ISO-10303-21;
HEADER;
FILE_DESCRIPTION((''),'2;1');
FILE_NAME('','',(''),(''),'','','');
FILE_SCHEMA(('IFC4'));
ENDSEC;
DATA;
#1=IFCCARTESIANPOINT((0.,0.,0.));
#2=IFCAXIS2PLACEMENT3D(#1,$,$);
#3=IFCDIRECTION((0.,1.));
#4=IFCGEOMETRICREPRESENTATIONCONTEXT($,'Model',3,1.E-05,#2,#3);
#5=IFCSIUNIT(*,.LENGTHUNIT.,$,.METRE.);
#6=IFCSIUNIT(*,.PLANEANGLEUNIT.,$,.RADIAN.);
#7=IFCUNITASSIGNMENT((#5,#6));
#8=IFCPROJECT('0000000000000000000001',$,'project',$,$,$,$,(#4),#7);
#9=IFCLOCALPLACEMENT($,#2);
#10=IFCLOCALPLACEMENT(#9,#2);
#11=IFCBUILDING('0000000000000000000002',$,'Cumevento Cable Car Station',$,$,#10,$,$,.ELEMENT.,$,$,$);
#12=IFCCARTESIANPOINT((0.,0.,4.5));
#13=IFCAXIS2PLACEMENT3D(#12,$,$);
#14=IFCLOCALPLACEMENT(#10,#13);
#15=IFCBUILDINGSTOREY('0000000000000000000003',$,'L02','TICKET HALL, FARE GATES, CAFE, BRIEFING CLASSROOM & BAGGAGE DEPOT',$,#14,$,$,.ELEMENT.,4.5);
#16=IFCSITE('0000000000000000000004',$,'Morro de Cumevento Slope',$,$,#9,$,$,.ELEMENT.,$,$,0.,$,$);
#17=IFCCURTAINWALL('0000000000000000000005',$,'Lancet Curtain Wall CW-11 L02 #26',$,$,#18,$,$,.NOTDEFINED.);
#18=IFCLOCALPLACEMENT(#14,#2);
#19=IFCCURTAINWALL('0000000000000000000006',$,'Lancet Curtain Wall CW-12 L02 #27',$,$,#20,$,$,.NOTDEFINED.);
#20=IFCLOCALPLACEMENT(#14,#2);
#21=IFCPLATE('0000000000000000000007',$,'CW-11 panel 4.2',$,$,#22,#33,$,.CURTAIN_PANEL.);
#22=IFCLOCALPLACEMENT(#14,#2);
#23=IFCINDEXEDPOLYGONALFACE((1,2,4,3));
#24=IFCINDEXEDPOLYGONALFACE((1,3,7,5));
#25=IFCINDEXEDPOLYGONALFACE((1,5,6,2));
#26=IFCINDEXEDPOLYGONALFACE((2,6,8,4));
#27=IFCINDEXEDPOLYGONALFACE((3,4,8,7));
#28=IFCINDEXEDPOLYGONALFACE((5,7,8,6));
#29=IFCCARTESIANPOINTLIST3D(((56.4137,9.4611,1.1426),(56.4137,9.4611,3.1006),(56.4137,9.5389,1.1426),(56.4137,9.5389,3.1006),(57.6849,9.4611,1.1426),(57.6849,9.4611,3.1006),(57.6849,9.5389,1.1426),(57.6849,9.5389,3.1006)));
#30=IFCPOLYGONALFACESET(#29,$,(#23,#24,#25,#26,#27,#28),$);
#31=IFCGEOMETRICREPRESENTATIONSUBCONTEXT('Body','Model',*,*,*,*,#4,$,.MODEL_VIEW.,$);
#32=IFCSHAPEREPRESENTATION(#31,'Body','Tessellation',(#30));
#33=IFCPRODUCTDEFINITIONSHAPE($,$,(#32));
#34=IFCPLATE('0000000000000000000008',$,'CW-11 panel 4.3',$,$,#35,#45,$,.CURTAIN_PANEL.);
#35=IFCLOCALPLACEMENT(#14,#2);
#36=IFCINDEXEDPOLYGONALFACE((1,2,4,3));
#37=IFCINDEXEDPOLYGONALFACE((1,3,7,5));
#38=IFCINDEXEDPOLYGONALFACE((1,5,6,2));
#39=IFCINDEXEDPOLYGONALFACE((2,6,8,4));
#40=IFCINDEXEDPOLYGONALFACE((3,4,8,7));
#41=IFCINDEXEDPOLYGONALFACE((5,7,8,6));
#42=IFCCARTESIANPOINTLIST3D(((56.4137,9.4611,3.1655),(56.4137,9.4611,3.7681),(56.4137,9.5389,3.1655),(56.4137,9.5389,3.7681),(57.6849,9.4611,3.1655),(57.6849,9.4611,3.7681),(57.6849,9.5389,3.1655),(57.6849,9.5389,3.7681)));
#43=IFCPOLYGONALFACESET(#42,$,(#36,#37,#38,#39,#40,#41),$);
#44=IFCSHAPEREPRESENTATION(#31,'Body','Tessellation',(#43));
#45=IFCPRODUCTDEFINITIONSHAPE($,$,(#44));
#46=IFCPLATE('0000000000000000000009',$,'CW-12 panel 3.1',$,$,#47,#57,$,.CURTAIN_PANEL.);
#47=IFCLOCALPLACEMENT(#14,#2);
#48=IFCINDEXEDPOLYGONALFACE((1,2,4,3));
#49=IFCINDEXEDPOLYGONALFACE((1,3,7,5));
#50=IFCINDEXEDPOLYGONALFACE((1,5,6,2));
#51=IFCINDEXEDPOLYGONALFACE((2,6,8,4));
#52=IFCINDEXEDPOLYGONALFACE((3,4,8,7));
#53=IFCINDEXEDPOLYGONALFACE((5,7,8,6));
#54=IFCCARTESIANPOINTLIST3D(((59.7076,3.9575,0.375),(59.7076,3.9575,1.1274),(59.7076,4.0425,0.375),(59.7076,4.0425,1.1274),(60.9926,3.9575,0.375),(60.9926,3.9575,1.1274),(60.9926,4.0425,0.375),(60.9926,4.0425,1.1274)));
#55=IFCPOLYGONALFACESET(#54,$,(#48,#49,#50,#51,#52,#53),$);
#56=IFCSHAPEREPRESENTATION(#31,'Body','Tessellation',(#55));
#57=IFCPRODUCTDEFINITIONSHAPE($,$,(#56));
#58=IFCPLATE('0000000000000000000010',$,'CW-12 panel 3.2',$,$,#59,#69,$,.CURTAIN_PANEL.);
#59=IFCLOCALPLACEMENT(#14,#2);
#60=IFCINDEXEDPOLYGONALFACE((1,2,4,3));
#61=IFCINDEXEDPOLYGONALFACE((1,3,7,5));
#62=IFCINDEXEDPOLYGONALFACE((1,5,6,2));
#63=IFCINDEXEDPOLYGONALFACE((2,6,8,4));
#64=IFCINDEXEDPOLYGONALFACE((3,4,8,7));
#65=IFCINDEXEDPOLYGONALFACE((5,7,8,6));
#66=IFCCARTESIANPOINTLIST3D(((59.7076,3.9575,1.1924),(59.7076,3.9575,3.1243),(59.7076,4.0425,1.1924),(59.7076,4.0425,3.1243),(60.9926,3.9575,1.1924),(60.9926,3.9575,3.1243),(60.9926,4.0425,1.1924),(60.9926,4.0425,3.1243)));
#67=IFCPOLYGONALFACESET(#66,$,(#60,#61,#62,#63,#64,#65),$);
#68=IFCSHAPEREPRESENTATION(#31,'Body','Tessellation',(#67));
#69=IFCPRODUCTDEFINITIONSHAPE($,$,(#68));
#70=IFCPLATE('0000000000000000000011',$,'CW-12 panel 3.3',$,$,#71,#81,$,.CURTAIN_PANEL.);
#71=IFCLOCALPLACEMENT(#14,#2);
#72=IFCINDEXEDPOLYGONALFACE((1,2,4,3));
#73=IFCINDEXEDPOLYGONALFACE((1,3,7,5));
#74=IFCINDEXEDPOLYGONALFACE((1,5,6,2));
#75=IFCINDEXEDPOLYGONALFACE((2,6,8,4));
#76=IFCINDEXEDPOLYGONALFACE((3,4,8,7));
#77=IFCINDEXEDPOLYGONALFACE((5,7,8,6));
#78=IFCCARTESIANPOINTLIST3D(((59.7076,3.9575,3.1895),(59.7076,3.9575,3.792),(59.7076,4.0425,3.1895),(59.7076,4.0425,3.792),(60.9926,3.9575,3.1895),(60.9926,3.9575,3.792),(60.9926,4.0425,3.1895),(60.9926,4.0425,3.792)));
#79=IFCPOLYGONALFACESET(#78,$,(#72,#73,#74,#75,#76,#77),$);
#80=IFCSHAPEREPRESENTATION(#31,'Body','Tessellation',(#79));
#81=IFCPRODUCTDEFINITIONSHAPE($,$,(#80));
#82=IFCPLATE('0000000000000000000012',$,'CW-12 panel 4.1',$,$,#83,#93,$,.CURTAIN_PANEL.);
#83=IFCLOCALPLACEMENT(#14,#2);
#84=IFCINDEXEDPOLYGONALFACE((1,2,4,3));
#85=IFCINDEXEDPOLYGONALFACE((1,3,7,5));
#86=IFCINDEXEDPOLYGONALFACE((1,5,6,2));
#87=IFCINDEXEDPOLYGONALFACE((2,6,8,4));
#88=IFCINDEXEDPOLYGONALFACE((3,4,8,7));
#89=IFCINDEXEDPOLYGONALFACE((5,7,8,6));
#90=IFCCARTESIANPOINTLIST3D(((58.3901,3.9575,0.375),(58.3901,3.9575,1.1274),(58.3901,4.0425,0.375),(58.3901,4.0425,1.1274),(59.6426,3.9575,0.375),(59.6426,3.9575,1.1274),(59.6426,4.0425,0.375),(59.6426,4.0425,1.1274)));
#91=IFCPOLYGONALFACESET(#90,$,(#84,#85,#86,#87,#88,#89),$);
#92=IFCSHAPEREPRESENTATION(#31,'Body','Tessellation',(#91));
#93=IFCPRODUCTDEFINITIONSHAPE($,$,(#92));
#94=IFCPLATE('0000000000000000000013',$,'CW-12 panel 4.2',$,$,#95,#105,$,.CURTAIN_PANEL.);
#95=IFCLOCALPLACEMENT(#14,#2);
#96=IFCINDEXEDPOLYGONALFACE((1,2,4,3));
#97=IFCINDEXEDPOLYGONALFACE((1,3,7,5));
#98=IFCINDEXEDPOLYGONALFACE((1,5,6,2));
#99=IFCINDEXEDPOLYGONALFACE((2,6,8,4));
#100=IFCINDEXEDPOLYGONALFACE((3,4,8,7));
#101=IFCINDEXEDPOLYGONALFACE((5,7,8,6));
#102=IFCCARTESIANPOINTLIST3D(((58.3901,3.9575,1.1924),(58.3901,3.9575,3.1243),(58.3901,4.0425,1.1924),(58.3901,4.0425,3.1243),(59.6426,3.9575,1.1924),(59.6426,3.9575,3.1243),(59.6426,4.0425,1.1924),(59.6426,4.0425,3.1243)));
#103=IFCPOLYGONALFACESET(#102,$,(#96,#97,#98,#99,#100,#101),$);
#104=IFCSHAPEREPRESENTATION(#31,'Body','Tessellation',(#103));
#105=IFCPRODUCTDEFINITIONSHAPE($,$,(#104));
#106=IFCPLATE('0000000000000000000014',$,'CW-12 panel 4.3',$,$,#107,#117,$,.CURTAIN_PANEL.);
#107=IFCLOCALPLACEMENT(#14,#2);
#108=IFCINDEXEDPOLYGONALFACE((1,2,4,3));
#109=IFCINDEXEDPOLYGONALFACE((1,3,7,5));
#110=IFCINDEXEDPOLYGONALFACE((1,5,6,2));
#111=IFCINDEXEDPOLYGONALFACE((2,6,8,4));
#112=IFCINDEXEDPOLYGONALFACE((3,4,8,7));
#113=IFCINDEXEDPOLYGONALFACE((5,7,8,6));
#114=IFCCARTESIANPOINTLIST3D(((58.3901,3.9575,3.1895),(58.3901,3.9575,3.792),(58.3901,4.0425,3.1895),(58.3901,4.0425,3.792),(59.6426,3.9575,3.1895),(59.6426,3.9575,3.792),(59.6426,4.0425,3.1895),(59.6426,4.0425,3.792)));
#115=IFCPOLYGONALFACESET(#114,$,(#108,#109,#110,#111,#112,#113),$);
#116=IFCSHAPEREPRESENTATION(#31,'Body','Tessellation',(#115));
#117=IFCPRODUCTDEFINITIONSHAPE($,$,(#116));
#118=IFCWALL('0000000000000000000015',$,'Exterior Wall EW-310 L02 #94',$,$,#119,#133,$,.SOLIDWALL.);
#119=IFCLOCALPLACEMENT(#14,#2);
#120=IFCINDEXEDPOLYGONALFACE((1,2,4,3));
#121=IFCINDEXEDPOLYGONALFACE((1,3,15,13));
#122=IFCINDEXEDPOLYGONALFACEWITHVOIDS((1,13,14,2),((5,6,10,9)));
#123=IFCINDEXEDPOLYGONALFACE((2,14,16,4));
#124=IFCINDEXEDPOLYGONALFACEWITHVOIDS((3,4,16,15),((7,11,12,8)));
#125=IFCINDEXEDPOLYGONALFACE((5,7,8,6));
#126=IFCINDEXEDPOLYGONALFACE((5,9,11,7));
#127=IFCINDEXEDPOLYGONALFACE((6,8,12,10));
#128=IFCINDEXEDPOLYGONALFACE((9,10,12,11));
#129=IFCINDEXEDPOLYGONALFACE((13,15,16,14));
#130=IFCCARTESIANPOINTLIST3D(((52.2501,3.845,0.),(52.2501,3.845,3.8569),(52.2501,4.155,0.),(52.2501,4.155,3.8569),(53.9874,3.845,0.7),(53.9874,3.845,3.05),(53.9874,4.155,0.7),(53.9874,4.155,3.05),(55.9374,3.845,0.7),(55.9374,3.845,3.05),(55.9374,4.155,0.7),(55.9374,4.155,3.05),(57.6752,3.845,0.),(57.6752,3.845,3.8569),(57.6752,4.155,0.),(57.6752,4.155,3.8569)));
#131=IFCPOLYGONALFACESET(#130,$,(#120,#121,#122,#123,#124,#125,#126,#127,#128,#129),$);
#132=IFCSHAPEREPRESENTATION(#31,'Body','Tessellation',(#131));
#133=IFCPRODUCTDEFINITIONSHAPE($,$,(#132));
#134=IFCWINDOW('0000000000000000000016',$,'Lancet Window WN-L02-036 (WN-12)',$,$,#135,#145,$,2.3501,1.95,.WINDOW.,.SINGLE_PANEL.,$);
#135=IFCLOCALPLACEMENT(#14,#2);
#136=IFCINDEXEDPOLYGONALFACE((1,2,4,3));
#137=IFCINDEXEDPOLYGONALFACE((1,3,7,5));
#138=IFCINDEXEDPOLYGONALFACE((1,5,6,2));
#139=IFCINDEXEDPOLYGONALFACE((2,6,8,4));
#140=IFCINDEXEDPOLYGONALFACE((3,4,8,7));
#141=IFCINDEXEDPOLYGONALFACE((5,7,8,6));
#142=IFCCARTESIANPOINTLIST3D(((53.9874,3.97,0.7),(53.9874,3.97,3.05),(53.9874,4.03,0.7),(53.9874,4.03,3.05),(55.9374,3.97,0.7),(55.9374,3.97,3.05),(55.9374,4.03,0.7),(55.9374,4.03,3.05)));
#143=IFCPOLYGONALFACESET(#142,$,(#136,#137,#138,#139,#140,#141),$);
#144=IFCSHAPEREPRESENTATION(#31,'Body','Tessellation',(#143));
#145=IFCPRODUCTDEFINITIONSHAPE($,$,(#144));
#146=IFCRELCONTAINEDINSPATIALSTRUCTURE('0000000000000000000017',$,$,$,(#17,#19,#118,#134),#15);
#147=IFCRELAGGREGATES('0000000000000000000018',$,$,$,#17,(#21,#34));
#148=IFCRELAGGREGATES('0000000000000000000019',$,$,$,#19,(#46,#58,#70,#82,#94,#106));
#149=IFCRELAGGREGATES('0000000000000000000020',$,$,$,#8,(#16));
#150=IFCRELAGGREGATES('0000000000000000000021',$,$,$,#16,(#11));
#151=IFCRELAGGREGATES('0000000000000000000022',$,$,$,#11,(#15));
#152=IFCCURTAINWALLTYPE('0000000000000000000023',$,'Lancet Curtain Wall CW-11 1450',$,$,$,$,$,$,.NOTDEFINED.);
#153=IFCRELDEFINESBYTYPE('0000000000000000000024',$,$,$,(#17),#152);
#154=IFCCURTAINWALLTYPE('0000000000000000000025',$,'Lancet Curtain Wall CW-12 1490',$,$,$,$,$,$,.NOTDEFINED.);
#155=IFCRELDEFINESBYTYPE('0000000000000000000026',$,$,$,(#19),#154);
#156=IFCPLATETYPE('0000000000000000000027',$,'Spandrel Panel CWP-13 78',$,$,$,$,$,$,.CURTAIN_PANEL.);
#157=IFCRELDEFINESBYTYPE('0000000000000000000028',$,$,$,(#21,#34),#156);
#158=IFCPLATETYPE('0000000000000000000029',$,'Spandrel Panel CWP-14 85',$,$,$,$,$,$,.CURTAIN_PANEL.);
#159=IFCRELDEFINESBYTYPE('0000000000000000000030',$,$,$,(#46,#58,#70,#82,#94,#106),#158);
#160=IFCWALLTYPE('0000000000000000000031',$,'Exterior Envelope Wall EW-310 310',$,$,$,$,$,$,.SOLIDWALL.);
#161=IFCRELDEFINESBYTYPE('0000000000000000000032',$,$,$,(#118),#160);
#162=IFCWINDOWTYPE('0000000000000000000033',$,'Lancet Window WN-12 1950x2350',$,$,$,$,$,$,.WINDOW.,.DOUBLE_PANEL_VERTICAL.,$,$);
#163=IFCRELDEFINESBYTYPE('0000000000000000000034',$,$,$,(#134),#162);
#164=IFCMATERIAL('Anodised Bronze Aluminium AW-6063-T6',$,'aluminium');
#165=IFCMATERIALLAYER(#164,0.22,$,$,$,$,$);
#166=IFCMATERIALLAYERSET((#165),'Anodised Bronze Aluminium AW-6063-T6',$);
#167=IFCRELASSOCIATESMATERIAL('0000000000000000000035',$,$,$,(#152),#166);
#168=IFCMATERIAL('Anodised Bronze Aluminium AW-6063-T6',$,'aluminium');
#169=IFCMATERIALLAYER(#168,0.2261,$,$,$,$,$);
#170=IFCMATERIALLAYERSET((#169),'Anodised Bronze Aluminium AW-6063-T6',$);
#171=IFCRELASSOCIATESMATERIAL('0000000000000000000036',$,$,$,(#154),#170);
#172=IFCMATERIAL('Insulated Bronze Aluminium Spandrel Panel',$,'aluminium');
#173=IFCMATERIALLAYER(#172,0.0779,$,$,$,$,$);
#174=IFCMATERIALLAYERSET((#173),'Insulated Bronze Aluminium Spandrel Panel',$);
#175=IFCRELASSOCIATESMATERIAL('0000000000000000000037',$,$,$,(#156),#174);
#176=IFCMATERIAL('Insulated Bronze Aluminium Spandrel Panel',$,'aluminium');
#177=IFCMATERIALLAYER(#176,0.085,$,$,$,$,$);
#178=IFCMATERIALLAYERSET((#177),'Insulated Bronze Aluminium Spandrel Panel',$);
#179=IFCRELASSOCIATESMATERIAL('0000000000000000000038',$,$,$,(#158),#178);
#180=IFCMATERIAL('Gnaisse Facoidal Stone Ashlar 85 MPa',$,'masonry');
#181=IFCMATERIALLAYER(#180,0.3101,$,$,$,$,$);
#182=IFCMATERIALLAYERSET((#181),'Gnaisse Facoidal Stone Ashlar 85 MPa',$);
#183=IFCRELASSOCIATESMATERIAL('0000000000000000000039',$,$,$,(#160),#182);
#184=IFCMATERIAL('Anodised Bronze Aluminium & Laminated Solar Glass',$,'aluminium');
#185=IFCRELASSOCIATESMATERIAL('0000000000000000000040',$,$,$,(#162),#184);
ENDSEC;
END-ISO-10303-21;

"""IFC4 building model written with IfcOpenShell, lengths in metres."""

from ifc_helpers import new_model, si_unit, direction, frame, frame_2d, origin, origin_2d, place, context, subcontext, project, spatial, rectangle, extrude, material, layer, layer_set, type_object, element, fill, aggregate, save


model = new_model("IFC4")

# Units and contexts
model_context = context("Model", 3, precision=1e-05, world=origin(), true_north=direction((0.0, 1.0)))
body_context = subcontext(model_context, "Body", "Model", "MODEL_VIEW")
ifc_project = project(units=[si_unit("LENGTHUNIT", "METRE"), si_unit("PLANEANGLEUNIT", "RADIAN")], contexts=[model_context])

# Site, building, storey
site_placement = place(None, origin())
site = spatial("IfcSite", under=ifc_project, at=site_placement, Name="Morro de Cumevento Slope", CompositionType="ELEMENT", RefElevation=0.0)
building_placement = place(site_placement, origin())
building = spatial("IfcBuilding", under=site, at=building_placement, Name="Cumevento Cable Car Station", CompositionType="ELEMENT")
storey_placement = place(building_placement, frame((0.0, 0.0, 4.5)))
storey = spatial("IfcBuildingStorey", under=building, at=storey_placement, Name="L02", Description="TICKET HALL, FARE GATES, CAFE, BRIEFING CLASSROOM & BAGGAGE DEPOT", CompositionType="ELEMENT", Elevation=4.5)

# Curtain walls
ifc_material_1 = material(Name="Anodised Bronze Aluminium AW-6063-T6", Category="aluminium")
ifc_layer_1 = layer(ifc_material_1, 0.22)
ifc_layer_set_1 = layer_set([ifc_layer_1], Name="Anodised Bronze Aluminium AW-6063-T6")
curtain_wall_type_1 = type_object("IfcCurtainWallType", Name="Lancet Curtain Wall CW-11 1450", PredefinedType="NOTDEFINED", material=ifc_layer_set_1)
curtain_wall_1_placement = place(storey_placement, origin())
curtain_wall_1 = element("IfcCurtainWall", 1, at=curtain_wall_1_placement, inside=storey, type_object=curtain_wall_type_1, Name="Lancet Curtain Wall CW-11 L02 #26", PredefinedType="NOTDEFINED")
ifc_material_2 = material(Name="Anodised Bronze Aluminium AW-6063-T6", Category="aluminium")
ifc_layer_2 = layer(ifc_material_2, 0.2261)
ifc_layer_set_2 = layer_set([ifc_layer_2], Name="Anodised Bronze Aluminium AW-6063-T6")
curtain_wall_type_2 = type_object("IfcCurtainWallType", Name="Lancet Curtain Wall CW-12 1490", PredefinedType="NOTDEFINED", material=ifc_layer_set_2)
curtain_wall_2_placement = place(storey_placement, origin())
curtain_wall_2 = element("IfcCurtainWall", 2, at=curtain_wall_2_placement, inside=storey, type_object=curtain_wall_type_2, Name="Lancet Curtain Wall CW-12 L02 #27", PredefinedType="NOTDEFINED")

# Plates
ifc_material_3 = material(Name="Insulated Bronze Aluminium Spandrel Panel", Category="aluminium")
ifc_layer_3 = layer(ifc_material_3, 0.0779)
ifc_layer_set_3 = layer_set([ifc_layer_3], Name="Insulated Bronze Aluminium Spandrel Panel")
plate_type_1 = type_object("IfcPlateType", Name="Spandrel Panel CWP-13 78", PredefinedType="CURTAIN_PANEL", material=ifc_layer_set_3)
plate_1_placement = place(storey_placement, frame((57.0493, 9.5, 1.1426), z_axis=(0.0, 0.0, 1.0), x_axis=(1.0, 0.0, 0.0)))
plate_1 = element("IfcPlate", 3, at=plate_1_placement, type_object=plate_type_1, Name="CW-11 panel 4.2", PredefinedType="CURTAIN_PANEL", context=body_context, shape_type="SweptSolid", body=[
    extrude(rectangle(XDim=1.2712, YDim=0.0779, at=origin_2d()), origin(), (0.0, 0.0, 1.0), 1.958),
])
plate_2_placement = place(storey_placement, frame((57.0493, 9.5, 3.1655), z_axis=(0.0, 0.0, 1.0), x_axis=(1.0, 0.0, 0.0)))
plate_2 = element("IfcPlate", 4, at=plate_2_placement, type_object=plate_type_1, Name="CW-11 panel 4.3", PredefinedType="CURTAIN_PANEL", context=body_context, shape_type="SweptSolid", body=[
    extrude(rectangle(XDim=1.2712, YDim=0.0779, at=origin_2d()), origin(), (0.0, 0.0, 1.0), 0.6025),
])
aggregate(curtain_wall_1, [plate_1, plate_2])
ifc_material_4 = material(Name="Insulated Bronze Aluminium Spandrel Panel", Category="aluminium")
ifc_layer_4 = layer(ifc_material_4, 0.085)
ifc_layer_set_4 = layer_set([ifc_layer_4], Name="Insulated Bronze Aluminium Spandrel Panel")
plate_type_2 = type_object("IfcPlateType", Name="Spandrel Panel CWP-14 85", PredefinedType="CURTAIN_PANEL", material=ifc_layer_set_4)
plate_3_placement = place(storey_placement, frame((60.3501, 4.0, 0.375), z_axis=(0.0, 0.0, 1.0), x_axis=(-1.0, 0.0, 0.0)))
plate_3 = element("IfcPlate", 5, at=plate_3_placement, type_object=plate_type_2, Name="CW-12 panel 3.1", PredefinedType="CURTAIN_PANEL", context=body_context, shape_type="SweptSolid", body=[
    extrude(rectangle(XDim=1.2849, YDim=0.085, at=origin_2d()), origin(), (0.0, 0.0, 1.0), 0.7524),
])
plate_4_placement = place(storey_placement, frame((60.3501, 4.0, 1.1924), z_axis=(0.0, 0.0, 1.0), x_axis=(-1.0, 0.0, 0.0)))
plate_4 = element("IfcPlate", 6, at=plate_4_placement, type_object=plate_type_2, Name="CW-12 panel 3.2", PredefinedType="CURTAIN_PANEL", context=body_context, shape_type="SweptSolid", body=[
    extrude(rectangle(XDim=1.2849, YDim=0.085, at=origin_2d()), origin(), (0.0, 0.0, 1.0), 1.9319),
])
plate_5_placement = place(storey_placement, frame((60.3501, 4.0, 3.1895), z_axis=(0.0, 0.0, 1.0), x_axis=(-1.0, 0.0, 0.0)))
plate_5 = element("IfcPlate", 7, at=plate_5_placement, type_object=plate_type_2, Name="CW-12 panel 3.3", PredefinedType="CURTAIN_PANEL", context=body_context, shape_type="SweptSolid", body=[
    extrude(rectangle(XDim=1.2849, YDim=0.085, at=origin_2d()), origin(), (0.0, 0.0, 1.0), 0.6025),
])
plate_6_placement = place(storey_placement, frame((59.0164, 4.0, 0.375), z_axis=(0.0, 0.0, 1.0), x_axis=(-1.0, 0.0, 0.0)))
plate_6 = element("IfcPlate", 8, at=plate_6_placement, type_object=plate_type_2, Name="CW-12 panel 4.1", PredefinedType="CURTAIN_PANEL", context=body_context, shape_type="SweptSolid", body=[
    extrude(rectangle(XDim=1.2524, YDim=0.085, at=origin_2d()), origin(), (0.0, 0.0, 1.0), 0.7524),
])
plate_7_placement = place(storey_placement, frame((59.0164, 4.0, 1.1924), z_axis=(0.0, 0.0, 1.0), x_axis=(-1.0, 0.0, 0.0)))
plate_7 = element("IfcPlate", 9, at=plate_7_placement, type_object=plate_type_2, Name="CW-12 panel 4.2", PredefinedType="CURTAIN_PANEL", context=body_context, shape_type="SweptSolid", body=[
    extrude(rectangle(XDim=1.2524, YDim=0.085, at=origin_2d()), origin(), (0.0, 0.0, 1.0), 1.9319),
])
plate_8_placement = place(storey_placement, frame((59.0164, 4.0, 3.1895), z_axis=(0.0, 0.0, 1.0), x_axis=(-1.0, 0.0, 0.0)))
plate_8 = element("IfcPlate", 10, at=plate_8_placement, type_object=plate_type_2, Name="CW-12 panel 4.3", PredefinedType="CURTAIN_PANEL", context=body_context, shape_type="SweptSolid", body=[
    extrude(rectangle(XDim=1.2524, YDim=0.085, at=origin_2d()), origin(), (0.0, 0.0, 1.0), 0.6025),
])
aggregate(curtain_wall_2, [plate_3, plate_4, plate_5, plate_6, plate_7, plate_8])

# Wall, opening, window
ifc_material_5 = material(Name="Gnaisse Facoidal Stone Ashlar 85 MPa", Category="masonry")
ifc_layer_5 = layer(ifc_material_5, 0.3101)
ifc_layer_set_5 = layer_set([ifc_layer_5], Name="Gnaisse Facoidal Stone Ashlar 85 MPa")
wall_type = type_object("IfcWallType", Name="Exterior Envelope Wall EW-310 310", PredefinedType="SOLIDWALL", material=ifc_layer_set_5)
wall_placement = place(storey_placement, frame((57.675, 4.0, 0.0), z_axis=(0.0, 0.0, 1.0), x_axis=(-1.0, 0.0, 0.0)))
wall = element("IfcWall", 11, at=wall_placement, inside=storey, type_object=wall_type, Name="Exterior Wall EW-310 L02 #94", PredefinedType="SOLIDWALL", context=body_context, shape_type="SweptSolid", body=[
    extrude(rectangle(XDim=5.425, YDim=0.3101, at=frame_2d((2.7124, 0.0))), origin(), (0.0, 0.0, 1.0), 3.8569),
])
opening_placement = place(wall_placement, frame((1.7375, 0.0, 0.7)))
opening = element("IfcOpeningElement", 12, at=opening_placement, cuts=wall, PredefinedType="OPENING", context=body_context, shape_type="SweptSolid", body=[
    extrude(rectangle(XDim=1.95, YDim=2.3501, at=frame_2d((0.9751, 1.175))), frame((0.0, 0.165, 0.0), z_axis=(0.0, -1.0, 0.0), x_axis=(1.0, 0.0, 0.0)), (0.0, 0.0, 1.0), 0.3301),
])
ifc_material_6 = material(Name="Anodised Bronze Aluminium & Laminated Solar Glass", Category="aluminium")
window_type = type_object("IfcWindowType", Name="Lancet Window WN-12 1950x2350", PartitioningType="DOUBLE_PANEL_VERTICAL", PredefinedType="WINDOW", material=ifc_material_6)
window_placement = place(opening_placement, origin())
window = element("IfcWindow", 13, at=window_placement, inside=storey, type_object=window_type, Name="Lancet Window WN-L02-036 (WN-12)", OverallHeight=2.3501, OverallWidth=1.95, PartitioningType="SINGLE_PANEL", PredefinedType="WINDOW", context=body_context, shape_type="SweptSolid", body=[
    extrude(rectangle(XDim=1.95, YDim=2.3501, at=frame_2d((0.9751, 1.175))), frame((0.0, 0.03, 0.0), z_axis=(0.0, -1.0, 0.0), x_axis=(1.0, 0.0, 0.0)), (0.0, 0.0, 1.0), 0.0601),
])
fill(opening, window)

save(model, "model.ifc")
